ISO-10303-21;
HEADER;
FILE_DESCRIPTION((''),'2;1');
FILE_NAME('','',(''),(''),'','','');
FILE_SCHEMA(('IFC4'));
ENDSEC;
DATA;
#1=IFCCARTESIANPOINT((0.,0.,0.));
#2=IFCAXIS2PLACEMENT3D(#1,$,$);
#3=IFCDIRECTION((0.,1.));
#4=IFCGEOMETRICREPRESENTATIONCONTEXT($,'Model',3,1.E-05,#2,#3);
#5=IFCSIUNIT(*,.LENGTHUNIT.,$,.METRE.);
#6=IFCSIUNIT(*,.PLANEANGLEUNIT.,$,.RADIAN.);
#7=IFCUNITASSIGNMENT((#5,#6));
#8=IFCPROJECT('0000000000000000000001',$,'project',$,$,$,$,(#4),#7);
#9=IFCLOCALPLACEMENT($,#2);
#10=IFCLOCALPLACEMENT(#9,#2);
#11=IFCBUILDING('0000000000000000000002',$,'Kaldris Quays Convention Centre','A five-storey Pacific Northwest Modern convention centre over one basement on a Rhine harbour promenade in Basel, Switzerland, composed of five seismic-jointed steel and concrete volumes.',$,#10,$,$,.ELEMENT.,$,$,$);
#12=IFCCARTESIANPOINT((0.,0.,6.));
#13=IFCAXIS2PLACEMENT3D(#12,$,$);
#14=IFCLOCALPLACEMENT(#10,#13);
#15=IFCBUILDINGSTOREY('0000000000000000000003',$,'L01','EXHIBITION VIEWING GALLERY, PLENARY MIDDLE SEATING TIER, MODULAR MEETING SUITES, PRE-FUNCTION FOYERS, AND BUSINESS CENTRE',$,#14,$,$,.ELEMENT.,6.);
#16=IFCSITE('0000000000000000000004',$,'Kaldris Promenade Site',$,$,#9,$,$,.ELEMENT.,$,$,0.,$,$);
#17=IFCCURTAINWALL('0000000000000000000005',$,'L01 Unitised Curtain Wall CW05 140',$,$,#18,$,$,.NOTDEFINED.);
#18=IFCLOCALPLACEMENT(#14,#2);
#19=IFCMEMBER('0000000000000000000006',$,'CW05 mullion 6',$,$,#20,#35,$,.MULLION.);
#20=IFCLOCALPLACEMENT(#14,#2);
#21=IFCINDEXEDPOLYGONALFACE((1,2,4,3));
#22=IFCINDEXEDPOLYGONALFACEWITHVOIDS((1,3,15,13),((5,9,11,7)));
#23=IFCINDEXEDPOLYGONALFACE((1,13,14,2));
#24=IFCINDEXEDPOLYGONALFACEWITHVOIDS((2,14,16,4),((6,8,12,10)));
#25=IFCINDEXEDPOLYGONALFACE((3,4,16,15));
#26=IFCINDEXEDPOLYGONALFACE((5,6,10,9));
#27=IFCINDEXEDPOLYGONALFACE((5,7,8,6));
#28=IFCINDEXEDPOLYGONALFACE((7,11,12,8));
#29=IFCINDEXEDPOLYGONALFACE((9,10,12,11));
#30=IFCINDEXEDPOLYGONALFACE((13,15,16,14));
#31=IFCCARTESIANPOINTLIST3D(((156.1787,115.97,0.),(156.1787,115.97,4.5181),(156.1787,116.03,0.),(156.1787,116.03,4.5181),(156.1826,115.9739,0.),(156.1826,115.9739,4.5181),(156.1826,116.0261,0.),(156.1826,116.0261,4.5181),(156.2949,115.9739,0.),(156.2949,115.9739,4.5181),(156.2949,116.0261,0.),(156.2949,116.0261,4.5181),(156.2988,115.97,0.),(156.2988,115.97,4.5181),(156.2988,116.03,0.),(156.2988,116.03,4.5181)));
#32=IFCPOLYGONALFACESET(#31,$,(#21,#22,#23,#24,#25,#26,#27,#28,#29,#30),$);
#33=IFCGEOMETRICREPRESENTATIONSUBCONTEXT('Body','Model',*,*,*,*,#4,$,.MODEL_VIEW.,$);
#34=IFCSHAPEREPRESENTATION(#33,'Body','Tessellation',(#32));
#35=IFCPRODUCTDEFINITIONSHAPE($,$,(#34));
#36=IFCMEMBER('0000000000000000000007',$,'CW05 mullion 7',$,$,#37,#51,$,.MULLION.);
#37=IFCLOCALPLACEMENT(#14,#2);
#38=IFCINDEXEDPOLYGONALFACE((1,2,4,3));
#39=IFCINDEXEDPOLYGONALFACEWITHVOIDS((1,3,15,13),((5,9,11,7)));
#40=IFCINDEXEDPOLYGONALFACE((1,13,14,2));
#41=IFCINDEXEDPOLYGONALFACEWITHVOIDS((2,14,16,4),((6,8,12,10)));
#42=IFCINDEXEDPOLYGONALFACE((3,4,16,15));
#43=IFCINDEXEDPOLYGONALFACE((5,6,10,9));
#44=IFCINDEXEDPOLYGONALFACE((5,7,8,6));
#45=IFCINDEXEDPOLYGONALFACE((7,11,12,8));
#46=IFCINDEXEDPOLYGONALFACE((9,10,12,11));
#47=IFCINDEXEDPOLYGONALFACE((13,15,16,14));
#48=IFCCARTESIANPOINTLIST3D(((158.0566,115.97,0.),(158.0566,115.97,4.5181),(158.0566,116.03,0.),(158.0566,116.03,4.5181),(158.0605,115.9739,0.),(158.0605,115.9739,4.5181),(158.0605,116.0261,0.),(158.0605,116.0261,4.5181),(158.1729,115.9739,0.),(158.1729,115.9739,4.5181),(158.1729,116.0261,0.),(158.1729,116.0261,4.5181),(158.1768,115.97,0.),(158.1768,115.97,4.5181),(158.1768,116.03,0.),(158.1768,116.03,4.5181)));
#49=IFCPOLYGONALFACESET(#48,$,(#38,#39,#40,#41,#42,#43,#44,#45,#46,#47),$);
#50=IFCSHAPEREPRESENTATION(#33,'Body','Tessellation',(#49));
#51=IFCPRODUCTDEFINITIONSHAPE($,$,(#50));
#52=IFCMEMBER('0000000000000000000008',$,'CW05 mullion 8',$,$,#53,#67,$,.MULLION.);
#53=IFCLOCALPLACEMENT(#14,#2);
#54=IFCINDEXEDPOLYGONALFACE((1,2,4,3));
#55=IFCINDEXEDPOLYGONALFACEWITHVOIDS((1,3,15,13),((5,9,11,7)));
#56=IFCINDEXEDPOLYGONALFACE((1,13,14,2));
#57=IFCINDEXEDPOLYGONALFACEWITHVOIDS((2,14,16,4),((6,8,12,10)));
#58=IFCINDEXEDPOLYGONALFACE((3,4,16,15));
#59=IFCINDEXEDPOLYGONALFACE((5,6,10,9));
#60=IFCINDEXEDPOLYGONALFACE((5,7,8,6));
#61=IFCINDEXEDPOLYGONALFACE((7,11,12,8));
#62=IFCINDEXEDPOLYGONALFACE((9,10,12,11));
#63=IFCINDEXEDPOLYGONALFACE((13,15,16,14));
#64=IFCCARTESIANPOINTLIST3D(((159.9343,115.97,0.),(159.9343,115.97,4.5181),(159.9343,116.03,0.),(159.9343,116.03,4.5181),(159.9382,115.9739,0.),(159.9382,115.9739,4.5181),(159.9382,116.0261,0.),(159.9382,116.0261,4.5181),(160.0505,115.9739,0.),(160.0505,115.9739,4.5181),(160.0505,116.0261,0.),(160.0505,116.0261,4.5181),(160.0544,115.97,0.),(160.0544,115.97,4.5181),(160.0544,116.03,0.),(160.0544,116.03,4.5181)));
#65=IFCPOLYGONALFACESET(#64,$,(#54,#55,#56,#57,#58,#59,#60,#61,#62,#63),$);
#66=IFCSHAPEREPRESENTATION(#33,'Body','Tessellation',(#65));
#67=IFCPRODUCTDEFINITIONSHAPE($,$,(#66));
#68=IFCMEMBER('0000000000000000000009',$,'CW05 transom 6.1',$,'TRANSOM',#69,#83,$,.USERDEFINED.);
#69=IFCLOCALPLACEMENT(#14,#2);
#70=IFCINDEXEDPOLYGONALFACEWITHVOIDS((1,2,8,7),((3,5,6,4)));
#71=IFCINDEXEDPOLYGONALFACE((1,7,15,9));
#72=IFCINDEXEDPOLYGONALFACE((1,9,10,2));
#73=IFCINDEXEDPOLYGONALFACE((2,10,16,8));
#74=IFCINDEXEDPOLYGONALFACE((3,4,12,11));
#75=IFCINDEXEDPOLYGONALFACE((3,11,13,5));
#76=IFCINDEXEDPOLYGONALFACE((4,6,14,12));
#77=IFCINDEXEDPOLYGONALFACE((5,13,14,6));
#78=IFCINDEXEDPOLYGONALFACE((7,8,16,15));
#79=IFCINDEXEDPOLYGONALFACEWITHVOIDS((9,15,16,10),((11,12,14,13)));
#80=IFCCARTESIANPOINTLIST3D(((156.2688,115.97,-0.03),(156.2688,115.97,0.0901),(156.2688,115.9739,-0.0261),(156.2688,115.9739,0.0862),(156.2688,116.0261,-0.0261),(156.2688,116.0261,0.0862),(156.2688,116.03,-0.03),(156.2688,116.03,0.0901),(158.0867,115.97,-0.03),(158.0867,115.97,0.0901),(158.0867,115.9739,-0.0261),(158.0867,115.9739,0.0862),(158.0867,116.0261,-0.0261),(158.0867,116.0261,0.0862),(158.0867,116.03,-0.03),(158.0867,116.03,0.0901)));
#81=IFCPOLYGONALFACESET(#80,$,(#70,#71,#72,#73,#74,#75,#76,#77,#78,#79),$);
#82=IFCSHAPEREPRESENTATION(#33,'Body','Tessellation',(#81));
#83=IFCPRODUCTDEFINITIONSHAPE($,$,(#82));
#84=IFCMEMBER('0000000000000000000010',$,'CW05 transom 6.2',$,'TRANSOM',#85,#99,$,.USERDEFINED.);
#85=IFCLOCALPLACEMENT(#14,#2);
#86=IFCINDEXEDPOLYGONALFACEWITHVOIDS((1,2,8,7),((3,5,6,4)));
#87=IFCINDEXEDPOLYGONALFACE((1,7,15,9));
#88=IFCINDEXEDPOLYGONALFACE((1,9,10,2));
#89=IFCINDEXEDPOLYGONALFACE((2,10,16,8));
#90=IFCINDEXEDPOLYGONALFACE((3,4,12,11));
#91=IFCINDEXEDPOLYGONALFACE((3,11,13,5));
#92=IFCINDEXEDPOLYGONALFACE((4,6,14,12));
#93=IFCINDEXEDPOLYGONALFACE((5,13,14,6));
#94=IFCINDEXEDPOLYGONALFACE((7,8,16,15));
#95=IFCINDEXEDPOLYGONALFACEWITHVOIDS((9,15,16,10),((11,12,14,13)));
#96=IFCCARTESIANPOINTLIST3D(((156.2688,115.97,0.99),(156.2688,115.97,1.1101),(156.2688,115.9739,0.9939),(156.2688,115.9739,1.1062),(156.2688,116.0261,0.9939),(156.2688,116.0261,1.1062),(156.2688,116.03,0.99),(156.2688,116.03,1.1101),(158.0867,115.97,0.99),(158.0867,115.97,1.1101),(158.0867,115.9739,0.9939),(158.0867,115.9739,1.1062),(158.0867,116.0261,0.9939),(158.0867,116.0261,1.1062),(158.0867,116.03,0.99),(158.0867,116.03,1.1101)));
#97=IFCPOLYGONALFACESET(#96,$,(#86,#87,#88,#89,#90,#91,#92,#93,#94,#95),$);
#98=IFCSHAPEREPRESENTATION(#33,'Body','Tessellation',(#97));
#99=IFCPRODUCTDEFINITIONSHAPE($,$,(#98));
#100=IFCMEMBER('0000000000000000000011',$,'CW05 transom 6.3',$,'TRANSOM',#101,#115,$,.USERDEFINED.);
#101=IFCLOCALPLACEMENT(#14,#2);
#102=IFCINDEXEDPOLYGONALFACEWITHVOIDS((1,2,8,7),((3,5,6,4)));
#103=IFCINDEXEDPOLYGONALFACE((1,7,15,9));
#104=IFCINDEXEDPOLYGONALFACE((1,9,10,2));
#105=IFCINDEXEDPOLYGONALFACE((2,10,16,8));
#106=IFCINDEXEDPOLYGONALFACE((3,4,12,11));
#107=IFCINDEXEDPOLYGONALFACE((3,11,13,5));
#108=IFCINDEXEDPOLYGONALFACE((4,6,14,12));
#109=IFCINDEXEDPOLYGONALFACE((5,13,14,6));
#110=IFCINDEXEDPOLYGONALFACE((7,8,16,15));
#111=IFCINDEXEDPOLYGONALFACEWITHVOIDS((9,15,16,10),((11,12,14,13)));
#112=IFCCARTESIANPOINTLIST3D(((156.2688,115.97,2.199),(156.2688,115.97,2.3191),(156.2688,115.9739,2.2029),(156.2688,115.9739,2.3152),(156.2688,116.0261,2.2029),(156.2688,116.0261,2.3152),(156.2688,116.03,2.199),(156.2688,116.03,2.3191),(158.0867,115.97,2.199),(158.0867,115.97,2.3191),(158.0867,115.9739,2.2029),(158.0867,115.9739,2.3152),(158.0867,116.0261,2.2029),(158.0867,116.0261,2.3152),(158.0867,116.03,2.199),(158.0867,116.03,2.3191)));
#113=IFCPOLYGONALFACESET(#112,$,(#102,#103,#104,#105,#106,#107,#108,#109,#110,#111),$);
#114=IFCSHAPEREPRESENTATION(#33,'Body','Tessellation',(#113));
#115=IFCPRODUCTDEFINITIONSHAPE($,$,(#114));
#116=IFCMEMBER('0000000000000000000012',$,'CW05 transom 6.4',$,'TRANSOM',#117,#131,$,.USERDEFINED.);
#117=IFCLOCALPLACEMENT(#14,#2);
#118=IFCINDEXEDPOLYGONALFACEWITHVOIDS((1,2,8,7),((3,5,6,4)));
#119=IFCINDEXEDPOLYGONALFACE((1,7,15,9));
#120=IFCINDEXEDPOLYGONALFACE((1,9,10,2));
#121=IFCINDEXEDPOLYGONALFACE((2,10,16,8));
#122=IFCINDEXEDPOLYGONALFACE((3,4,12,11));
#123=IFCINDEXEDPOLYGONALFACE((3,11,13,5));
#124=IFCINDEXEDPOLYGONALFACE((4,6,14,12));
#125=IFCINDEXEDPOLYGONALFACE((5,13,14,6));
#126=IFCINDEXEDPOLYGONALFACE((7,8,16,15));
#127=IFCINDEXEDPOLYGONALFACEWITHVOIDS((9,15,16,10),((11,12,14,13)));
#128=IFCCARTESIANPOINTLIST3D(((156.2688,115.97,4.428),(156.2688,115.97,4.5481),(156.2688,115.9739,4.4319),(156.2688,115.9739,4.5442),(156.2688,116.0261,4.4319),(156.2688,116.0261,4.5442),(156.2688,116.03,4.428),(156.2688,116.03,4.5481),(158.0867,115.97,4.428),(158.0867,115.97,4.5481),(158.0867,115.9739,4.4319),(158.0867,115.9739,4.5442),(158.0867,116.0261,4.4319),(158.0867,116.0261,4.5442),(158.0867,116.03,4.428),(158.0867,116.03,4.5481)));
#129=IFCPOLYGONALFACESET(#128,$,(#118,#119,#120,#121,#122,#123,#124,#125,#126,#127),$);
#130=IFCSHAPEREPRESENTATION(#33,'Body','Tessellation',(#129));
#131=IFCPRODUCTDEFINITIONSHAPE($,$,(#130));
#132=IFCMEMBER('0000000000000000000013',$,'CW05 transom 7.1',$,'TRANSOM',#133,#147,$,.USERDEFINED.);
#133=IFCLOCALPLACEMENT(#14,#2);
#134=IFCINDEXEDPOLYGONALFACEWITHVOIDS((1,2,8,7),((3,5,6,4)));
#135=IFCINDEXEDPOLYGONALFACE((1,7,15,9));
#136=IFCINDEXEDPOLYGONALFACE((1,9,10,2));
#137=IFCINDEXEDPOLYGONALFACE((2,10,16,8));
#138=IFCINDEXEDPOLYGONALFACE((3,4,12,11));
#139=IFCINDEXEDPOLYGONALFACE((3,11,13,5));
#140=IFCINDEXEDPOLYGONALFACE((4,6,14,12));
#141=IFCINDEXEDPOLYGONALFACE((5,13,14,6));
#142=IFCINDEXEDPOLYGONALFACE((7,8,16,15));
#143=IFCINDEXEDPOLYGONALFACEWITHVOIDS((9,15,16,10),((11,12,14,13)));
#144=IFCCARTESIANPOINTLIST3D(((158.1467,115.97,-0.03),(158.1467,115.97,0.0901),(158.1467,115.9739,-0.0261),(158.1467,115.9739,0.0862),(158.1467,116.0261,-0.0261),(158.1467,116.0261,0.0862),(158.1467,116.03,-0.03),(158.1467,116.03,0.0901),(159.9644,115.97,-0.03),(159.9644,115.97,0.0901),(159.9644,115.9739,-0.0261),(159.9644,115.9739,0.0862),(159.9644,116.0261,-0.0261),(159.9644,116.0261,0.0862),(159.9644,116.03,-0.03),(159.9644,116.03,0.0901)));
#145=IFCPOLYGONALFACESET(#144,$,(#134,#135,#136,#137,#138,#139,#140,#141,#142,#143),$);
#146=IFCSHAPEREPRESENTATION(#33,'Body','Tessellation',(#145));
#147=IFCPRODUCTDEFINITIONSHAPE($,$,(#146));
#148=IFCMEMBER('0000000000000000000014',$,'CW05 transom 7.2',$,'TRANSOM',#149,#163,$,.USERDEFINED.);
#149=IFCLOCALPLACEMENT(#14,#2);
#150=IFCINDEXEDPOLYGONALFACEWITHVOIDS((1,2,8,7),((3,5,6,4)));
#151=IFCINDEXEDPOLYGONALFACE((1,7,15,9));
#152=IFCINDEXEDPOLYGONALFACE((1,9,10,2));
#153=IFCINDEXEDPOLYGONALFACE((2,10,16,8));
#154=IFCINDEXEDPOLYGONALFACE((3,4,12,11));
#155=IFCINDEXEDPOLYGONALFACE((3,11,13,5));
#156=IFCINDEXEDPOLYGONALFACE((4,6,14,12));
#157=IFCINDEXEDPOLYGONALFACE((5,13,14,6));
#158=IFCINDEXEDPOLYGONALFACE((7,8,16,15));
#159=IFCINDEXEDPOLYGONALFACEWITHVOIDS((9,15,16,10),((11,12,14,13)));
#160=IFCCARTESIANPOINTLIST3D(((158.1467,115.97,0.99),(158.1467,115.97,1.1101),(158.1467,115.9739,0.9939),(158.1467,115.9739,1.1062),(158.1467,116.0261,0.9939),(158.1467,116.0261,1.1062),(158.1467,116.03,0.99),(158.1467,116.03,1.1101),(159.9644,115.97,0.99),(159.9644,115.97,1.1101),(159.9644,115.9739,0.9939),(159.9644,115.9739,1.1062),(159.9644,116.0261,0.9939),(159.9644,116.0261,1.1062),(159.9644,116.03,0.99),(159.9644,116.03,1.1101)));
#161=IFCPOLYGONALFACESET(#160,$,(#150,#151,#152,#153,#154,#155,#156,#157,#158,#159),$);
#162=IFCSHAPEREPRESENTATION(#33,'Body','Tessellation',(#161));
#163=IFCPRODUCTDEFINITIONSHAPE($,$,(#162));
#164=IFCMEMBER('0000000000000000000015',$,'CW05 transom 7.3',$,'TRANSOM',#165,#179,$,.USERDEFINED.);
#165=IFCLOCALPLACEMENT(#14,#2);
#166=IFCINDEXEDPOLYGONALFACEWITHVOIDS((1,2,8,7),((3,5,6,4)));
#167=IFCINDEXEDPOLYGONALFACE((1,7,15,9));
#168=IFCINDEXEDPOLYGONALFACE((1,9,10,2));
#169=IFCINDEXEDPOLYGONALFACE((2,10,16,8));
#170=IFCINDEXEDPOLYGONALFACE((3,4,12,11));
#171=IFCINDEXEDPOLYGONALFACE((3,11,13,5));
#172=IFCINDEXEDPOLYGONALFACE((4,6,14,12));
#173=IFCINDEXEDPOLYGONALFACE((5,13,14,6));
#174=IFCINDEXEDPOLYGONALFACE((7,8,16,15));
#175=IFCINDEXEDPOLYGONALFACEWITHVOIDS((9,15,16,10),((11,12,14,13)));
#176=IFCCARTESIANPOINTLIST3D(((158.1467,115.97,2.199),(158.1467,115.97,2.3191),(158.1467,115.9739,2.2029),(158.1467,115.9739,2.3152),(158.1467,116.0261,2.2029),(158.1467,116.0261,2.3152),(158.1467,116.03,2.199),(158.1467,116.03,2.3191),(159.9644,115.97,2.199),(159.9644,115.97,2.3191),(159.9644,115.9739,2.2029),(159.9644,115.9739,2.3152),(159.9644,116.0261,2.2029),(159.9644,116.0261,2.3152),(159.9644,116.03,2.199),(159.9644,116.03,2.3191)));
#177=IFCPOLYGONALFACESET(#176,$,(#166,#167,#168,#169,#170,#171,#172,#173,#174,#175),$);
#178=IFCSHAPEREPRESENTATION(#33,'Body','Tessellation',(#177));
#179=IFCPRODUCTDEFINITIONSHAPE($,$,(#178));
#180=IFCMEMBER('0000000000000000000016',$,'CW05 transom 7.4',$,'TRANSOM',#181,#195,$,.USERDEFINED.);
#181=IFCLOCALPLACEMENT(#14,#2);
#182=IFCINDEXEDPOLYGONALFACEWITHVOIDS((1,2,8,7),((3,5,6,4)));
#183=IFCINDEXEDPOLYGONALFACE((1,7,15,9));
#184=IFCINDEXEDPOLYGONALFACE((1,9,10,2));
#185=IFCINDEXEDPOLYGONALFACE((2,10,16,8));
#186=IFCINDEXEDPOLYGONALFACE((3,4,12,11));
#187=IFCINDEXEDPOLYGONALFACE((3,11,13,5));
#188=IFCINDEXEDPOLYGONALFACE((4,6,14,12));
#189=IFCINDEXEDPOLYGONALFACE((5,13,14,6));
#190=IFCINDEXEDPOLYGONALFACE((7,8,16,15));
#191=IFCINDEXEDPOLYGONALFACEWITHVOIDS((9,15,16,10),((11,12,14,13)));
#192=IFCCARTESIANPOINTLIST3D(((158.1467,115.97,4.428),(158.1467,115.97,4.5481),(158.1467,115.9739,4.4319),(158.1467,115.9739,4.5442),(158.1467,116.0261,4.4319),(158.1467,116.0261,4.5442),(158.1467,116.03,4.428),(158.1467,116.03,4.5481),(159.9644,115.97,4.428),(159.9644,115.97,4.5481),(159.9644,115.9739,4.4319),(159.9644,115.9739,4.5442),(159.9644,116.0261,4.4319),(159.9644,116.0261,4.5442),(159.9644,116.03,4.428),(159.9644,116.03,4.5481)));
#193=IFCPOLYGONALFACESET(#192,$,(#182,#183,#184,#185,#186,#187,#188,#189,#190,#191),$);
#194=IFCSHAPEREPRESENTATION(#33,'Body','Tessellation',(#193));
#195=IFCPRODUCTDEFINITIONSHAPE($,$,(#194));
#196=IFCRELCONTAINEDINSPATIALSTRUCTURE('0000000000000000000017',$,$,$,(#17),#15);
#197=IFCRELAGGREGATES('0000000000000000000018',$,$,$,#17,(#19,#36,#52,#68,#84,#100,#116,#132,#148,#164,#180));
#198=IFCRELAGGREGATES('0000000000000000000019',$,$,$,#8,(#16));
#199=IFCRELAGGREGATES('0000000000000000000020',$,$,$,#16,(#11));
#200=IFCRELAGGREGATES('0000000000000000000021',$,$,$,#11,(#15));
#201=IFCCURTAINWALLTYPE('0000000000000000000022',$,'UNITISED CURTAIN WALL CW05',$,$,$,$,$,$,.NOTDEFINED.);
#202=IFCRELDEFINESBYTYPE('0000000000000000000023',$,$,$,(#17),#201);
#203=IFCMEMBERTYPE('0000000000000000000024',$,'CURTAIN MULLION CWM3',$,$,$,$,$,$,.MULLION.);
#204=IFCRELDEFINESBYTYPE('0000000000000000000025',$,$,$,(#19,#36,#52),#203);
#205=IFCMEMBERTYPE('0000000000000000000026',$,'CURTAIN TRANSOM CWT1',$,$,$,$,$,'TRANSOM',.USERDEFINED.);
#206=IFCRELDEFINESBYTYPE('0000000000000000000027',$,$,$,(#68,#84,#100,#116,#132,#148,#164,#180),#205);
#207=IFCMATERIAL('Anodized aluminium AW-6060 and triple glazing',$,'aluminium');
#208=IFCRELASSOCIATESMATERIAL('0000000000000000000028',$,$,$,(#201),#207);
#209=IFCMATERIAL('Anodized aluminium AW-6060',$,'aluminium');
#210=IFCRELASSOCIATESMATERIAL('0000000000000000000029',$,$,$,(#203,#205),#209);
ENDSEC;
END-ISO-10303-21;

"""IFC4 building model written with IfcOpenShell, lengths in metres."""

from ifc_helpers import new_model, si_unit, direction, frame, origin, origin_2d, place, context, subcontext, project, spatial, hollow_rectangle, extrude, material, material_profile, profile_set, type_object, element, aggregate, save


model = new_model("IFC4")

# Units and contexts
model_context = context("Model", 3, precision=1e-05, world=origin(), true_north=direction((0.0, 1.0)))
body_context = subcontext(model_context, "Body", "Model", "MODEL_VIEW")
ifc_project = project(units=[si_unit("LENGTHUNIT", "METRE"), si_unit("PLANEANGLEUNIT", "RADIAN")], contexts=[model_context])

# Site, building, storey
site_placement = place(None, origin())
site = spatial("IfcSite", under=ifc_project, at=site_placement, Name="Kaldris Promenade Site", CompositionType="ELEMENT", RefElevation=0.0)
building_placement = place(site_placement, origin())
building = spatial("IfcBuilding", under=site, at=building_placement, Name="Kaldris Quays Convention Centre", Description="A five-storey Pacific Northwest Modern convention centre over one basement on a Rhine harbour promenade in Basel, Switzerland, composed of five seismic-jointed steel and concrete volumes.", CompositionType="ELEMENT")
storey_placement = place(building_placement, frame((0.0, 0.0, 6.0)))
storey = spatial("IfcBuildingStorey", under=building, at=storey_placement, Name="L01", Description="EXHIBITION VIEWING GALLERY, PLENARY MIDDLE SEATING TIER, MODULAR MEETING SUITES, PRE-FUNCTION FOYERS, AND BUSINESS CENTRE", CompositionType="ELEMENT", Elevation=6.0)

# Curtain wall, members
ifc_material_1 = material(Name="Anodized aluminium AW-6060 and triple glazing", Category="aluminium")
curtain_wall_type = type_object("IfcCurtainWallType", Name="UNITISED CURTAIN WALL CW05", PredefinedType="NOTDEFINED", material=ifc_material_1)
curtain_wall_placement = place(storey_placement, origin())
curtain_wall = element("IfcCurtainWall", 1, at=curtain_wall_placement, inside=storey, type_object=curtain_wall_type, Name="L01 Unitised Curtain Wall CW05 140", PredefinedType="NOTDEFINED")
ifc_material_2 = material(Name="Anodized aluminium AW-6060", Category="aluminium")
ifc_material_profile_1 = material_profile(ifc_material_2, hollow_rectangle(XDim=0.0601, YDim=0.1201, WallThickness=0.0039, at=origin_2d()), Name="RHS 120x60x4")
ifc_profile_set_1 = profile_set([ifc_material_profile_1], Name="Anodized aluminium AW-6060")
member_type_1 = type_object("IfcMemberType", Name="CURTAIN MULLION CWM3", PredefinedType="MULLION", material=ifc_profile_set_1)
member_1_placement = place(storey_placement, frame((156.2388, 116.0, 0.0), z_axis=(0.0, 0.0, 1.0), x_axis=(0.0, 1.0, 0.0)))
member_1 = element("IfcMember", 2, at=member_1_placement, type_object=member_type_1, Name="CW05 mullion 6", PredefinedType="MULLION", context=body_context, shape_type="SweptSolid", body=[
    extrude(hollow_rectangle(XDim=0.0601, YDim=0.1201, WallThickness=0.0039, at=origin_2d()), origin(), (0.0, 0.0, 1.0), 4.5181),
])
member_2_placement = place(storey_placement, frame((158.1167, 116.0, 0.0), z_axis=(0.0, 0.0, 1.0), x_axis=(0.0, 1.0, 0.0)))
member_2 = element("IfcMember", 3, at=member_2_placement, type_object=member_type_1, Name="CW05 mullion 7", PredefinedType="MULLION", context=body_context, shape_type="SweptSolid", body=[
    extrude(hollow_rectangle(XDim=0.0601, YDim=0.1201, WallThickness=0.0039, at=origin_2d()), origin(), (0.0, 0.0, 1.0), 4.5181),
])
member_3_placement = place(storey_placement, frame((159.9944, 116.0, 0.0), z_axis=(0.0, 0.0, 1.0), x_axis=(0.0, 1.0, 0.0)))
member_3 = element("IfcMember", 4, at=member_3_placement, type_object=member_type_1, Name="CW05 mullion 8", PredefinedType="MULLION", context=body_context, shape_type="SweptSolid", body=[
    extrude(hollow_rectangle(XDim=0.0601, YDim=0.1201, WallThickness=0.0039, at=origin_2d()), origin(), (0.0, 0.0, 1.0), 4.5181),
])
ifc_material_profile_2 = material_profile(ifc_material_2, hollow_rectangle(XDim=0.0601, YDim=0.1201, WallThickness=0.0039, at=origin_2d()), Name="RHS 120x60x4")
ifc_profile_set_2 = profile_set([ifc_material_profile_2], Name="Anodized aluminium AW-6060")
member_type_2 = type_object("IfcMemberType", Name="CURTAIN TRANSOM CWT1", ElementType="TRANSOM", PredefinedType="USERDEFINED", material=ifc_profile_set_2)
member_4_placement = place(storey_placement, frame((156.2688, 116.0, 0.03), z_axis=(1.0, 0.0, 0.0), x_axis=(0.0, 1.0, 0.0)))
member_4 = element("IfcMember", 5, at=member_4_placement, type_object=member_type_2, Name="CW05 transom 6.1", ObjectType="TRANSOM", PredefinedType="USERDEFINED", context=body_context, shape_type="SweptSolid", body=[
    extrude(hollow_rectangle(XDim=0.0601, YDim=0.1201, WallThickness=0.0039, at=origin_2d()), origin(), (0.0, 0.0, 1.0), 1.8179),
])
member_5_placement = place(storey_placement, frame((156.2688, 116.0, 1.05), z_axis=(1.0, 0.0, 0.0), x_axis=(0.0, 1.0, 0.0)))
member_5 = element("IfcMember", 6, at=member_5_placement, type_object=member_type_2, Name="CW05 transom 6.2", ObjectType="TRANSOM", PredefinedType="USERDEFINED", context=body_context, shape_type="SweptSolid", body=[
    extrude(hollow_rectangle(XDim=0.0601, YDim=0.1201, WallThickness=0.0039, at=origin_2d()), origin(), (0.0, 0.0, 1.0), 1.8179),
])
member_6_placement = place(storey_placement, frame((156.2688, 116.0, 2.259), z_axis=(1.0, 0.0, 0.0), x_axis=(0.0, 1.0, 0.0)))
member_6 = element("IfcMember", 7, at=member_6_placement, type_object=member_type_2, Name="CW05 transom 6.3", ObjectType="TRANSOM", PredefinedType="USERDEFINED", context=body_context, shape_type="SweptSolid", body=[
    extrude(hollow_rectangle(XDim=0.0601, YDim=0.1201, WallThickness=0.0039, at=origin_2d()), origin(), (0.0, 0.0, 1.0), 1.8179),
])
member_7_placement = place(storey_placement, frame((156.2688, 116.0, 4.488), z_axis=(1.0, 0.0, 0.0), x_axis=(0.0, 1.0, 0.0)))
member_7 = element("IfcMember", 8, at=member_7_placement, type_object=member_type_2, Name="CW05 transom 6.4", ObjectType="TRANSOM", PredefinedType="USERDEFINED", context=body_context, shape_type="SweptSolid", body=[
    extrude(hollow_rectangle(XDim=0.0601, YDim=0.1201, WallThickness=0.0039, at=origin_2d()), origin(), (0.0, 0.0, 1.0), 1.8179),
])
member_8_placement = place(storey_placement, frame((158.1467, 116.0, 0.03), z_axis=(1.0, 0.0, 0.0), x_axis=(0.0, 1.0, 0.0)))
member_8 = element("IfcMember", 9, at=member_8_placement, type_object=member_type_2, Name="CW05 transom 7.1", ObjectType="TRANSOM", PredefinedType="USERDEFINED", context=body_context, shape_type="SweptSolid", body=[
    extrude(hollow_rectangle(XDim=0.0601, YDim=0.1201, WallThickness=0.0039, at=origin_2d()), origin(), (0.0, 0.0, 1.0), 1.8176),
])
member_9_placement = place(storey_placement, frame((158.1467, 116.0, 1.05), z_axis=(1.0, 0.0, 0.0), x_axis=(0.0, 1.0, 0.0)))
member_9 = element("IfcMember", 10, at=member_9_placement, type_object=member_type_2, Name="CW05 transom 7.2", ObjectType="TRANSOM", PredefinedType="USERDEFINED", context=body_context, shape_type="SweptSolid", body=[
    extrude(hollow_rectangle(XDim=0.0601, YDim=0.1201, WallThickness=0.0039, at=origin_2d()), origin(), (0.0, 0.0, 1.0), 1.8176),
])
member_10_placement = place(storey_placement, frame((158.1467, 116.0, 2.259), z_axis=(1.0, 0.0, 0.0), x_axis=(0.0, 1.0, 0.0)))
member_10 = element("IfcMember", 11, at=member_10_placement, type_object=member_type_2, Name="CW05 transom 7.3", ObjectType="TRANSOM", PredefinedType="USERDEFINED", context=body_context, shape_type="SweptSolid", body=[
    extrude(hollow_rectangle(XDim=0.0601, YDim=0.1201, WallThickness=0.0039, at=origin_2d()), origin(), (0.0, 0.0, 1.0), 1.8176),
])
member_11_placement = place(storey_placement, frame((158.1467, 116.0, 4.488), z_axis=(1.0, 0.0, 0.0), x_axis=(0.0, 1.0, 0.0)))
member_11 = element("IfcMember", 12, at=member_11_placement, type_object=member_type_2, Name="CW05 transom 7.4", ObjectType="TRANSOM", PredefinedType="USERDEFINED", context=body_context, shape_type="SweptSolid", body=[
    extrude(hollow_rectangle(XDim=0.0601, YDim=0.1201, WallThickness=0.0039, at=origin_2d()), origin(), (0.0, 0.0, 1.0), 1.8176),
])

aggregate(curtain_wall, [member_1, member_2, member_3, member_4, member_5, member_6, member_7, member_8, member_9, member_10, member_11])

save(model, "model.ifc")
